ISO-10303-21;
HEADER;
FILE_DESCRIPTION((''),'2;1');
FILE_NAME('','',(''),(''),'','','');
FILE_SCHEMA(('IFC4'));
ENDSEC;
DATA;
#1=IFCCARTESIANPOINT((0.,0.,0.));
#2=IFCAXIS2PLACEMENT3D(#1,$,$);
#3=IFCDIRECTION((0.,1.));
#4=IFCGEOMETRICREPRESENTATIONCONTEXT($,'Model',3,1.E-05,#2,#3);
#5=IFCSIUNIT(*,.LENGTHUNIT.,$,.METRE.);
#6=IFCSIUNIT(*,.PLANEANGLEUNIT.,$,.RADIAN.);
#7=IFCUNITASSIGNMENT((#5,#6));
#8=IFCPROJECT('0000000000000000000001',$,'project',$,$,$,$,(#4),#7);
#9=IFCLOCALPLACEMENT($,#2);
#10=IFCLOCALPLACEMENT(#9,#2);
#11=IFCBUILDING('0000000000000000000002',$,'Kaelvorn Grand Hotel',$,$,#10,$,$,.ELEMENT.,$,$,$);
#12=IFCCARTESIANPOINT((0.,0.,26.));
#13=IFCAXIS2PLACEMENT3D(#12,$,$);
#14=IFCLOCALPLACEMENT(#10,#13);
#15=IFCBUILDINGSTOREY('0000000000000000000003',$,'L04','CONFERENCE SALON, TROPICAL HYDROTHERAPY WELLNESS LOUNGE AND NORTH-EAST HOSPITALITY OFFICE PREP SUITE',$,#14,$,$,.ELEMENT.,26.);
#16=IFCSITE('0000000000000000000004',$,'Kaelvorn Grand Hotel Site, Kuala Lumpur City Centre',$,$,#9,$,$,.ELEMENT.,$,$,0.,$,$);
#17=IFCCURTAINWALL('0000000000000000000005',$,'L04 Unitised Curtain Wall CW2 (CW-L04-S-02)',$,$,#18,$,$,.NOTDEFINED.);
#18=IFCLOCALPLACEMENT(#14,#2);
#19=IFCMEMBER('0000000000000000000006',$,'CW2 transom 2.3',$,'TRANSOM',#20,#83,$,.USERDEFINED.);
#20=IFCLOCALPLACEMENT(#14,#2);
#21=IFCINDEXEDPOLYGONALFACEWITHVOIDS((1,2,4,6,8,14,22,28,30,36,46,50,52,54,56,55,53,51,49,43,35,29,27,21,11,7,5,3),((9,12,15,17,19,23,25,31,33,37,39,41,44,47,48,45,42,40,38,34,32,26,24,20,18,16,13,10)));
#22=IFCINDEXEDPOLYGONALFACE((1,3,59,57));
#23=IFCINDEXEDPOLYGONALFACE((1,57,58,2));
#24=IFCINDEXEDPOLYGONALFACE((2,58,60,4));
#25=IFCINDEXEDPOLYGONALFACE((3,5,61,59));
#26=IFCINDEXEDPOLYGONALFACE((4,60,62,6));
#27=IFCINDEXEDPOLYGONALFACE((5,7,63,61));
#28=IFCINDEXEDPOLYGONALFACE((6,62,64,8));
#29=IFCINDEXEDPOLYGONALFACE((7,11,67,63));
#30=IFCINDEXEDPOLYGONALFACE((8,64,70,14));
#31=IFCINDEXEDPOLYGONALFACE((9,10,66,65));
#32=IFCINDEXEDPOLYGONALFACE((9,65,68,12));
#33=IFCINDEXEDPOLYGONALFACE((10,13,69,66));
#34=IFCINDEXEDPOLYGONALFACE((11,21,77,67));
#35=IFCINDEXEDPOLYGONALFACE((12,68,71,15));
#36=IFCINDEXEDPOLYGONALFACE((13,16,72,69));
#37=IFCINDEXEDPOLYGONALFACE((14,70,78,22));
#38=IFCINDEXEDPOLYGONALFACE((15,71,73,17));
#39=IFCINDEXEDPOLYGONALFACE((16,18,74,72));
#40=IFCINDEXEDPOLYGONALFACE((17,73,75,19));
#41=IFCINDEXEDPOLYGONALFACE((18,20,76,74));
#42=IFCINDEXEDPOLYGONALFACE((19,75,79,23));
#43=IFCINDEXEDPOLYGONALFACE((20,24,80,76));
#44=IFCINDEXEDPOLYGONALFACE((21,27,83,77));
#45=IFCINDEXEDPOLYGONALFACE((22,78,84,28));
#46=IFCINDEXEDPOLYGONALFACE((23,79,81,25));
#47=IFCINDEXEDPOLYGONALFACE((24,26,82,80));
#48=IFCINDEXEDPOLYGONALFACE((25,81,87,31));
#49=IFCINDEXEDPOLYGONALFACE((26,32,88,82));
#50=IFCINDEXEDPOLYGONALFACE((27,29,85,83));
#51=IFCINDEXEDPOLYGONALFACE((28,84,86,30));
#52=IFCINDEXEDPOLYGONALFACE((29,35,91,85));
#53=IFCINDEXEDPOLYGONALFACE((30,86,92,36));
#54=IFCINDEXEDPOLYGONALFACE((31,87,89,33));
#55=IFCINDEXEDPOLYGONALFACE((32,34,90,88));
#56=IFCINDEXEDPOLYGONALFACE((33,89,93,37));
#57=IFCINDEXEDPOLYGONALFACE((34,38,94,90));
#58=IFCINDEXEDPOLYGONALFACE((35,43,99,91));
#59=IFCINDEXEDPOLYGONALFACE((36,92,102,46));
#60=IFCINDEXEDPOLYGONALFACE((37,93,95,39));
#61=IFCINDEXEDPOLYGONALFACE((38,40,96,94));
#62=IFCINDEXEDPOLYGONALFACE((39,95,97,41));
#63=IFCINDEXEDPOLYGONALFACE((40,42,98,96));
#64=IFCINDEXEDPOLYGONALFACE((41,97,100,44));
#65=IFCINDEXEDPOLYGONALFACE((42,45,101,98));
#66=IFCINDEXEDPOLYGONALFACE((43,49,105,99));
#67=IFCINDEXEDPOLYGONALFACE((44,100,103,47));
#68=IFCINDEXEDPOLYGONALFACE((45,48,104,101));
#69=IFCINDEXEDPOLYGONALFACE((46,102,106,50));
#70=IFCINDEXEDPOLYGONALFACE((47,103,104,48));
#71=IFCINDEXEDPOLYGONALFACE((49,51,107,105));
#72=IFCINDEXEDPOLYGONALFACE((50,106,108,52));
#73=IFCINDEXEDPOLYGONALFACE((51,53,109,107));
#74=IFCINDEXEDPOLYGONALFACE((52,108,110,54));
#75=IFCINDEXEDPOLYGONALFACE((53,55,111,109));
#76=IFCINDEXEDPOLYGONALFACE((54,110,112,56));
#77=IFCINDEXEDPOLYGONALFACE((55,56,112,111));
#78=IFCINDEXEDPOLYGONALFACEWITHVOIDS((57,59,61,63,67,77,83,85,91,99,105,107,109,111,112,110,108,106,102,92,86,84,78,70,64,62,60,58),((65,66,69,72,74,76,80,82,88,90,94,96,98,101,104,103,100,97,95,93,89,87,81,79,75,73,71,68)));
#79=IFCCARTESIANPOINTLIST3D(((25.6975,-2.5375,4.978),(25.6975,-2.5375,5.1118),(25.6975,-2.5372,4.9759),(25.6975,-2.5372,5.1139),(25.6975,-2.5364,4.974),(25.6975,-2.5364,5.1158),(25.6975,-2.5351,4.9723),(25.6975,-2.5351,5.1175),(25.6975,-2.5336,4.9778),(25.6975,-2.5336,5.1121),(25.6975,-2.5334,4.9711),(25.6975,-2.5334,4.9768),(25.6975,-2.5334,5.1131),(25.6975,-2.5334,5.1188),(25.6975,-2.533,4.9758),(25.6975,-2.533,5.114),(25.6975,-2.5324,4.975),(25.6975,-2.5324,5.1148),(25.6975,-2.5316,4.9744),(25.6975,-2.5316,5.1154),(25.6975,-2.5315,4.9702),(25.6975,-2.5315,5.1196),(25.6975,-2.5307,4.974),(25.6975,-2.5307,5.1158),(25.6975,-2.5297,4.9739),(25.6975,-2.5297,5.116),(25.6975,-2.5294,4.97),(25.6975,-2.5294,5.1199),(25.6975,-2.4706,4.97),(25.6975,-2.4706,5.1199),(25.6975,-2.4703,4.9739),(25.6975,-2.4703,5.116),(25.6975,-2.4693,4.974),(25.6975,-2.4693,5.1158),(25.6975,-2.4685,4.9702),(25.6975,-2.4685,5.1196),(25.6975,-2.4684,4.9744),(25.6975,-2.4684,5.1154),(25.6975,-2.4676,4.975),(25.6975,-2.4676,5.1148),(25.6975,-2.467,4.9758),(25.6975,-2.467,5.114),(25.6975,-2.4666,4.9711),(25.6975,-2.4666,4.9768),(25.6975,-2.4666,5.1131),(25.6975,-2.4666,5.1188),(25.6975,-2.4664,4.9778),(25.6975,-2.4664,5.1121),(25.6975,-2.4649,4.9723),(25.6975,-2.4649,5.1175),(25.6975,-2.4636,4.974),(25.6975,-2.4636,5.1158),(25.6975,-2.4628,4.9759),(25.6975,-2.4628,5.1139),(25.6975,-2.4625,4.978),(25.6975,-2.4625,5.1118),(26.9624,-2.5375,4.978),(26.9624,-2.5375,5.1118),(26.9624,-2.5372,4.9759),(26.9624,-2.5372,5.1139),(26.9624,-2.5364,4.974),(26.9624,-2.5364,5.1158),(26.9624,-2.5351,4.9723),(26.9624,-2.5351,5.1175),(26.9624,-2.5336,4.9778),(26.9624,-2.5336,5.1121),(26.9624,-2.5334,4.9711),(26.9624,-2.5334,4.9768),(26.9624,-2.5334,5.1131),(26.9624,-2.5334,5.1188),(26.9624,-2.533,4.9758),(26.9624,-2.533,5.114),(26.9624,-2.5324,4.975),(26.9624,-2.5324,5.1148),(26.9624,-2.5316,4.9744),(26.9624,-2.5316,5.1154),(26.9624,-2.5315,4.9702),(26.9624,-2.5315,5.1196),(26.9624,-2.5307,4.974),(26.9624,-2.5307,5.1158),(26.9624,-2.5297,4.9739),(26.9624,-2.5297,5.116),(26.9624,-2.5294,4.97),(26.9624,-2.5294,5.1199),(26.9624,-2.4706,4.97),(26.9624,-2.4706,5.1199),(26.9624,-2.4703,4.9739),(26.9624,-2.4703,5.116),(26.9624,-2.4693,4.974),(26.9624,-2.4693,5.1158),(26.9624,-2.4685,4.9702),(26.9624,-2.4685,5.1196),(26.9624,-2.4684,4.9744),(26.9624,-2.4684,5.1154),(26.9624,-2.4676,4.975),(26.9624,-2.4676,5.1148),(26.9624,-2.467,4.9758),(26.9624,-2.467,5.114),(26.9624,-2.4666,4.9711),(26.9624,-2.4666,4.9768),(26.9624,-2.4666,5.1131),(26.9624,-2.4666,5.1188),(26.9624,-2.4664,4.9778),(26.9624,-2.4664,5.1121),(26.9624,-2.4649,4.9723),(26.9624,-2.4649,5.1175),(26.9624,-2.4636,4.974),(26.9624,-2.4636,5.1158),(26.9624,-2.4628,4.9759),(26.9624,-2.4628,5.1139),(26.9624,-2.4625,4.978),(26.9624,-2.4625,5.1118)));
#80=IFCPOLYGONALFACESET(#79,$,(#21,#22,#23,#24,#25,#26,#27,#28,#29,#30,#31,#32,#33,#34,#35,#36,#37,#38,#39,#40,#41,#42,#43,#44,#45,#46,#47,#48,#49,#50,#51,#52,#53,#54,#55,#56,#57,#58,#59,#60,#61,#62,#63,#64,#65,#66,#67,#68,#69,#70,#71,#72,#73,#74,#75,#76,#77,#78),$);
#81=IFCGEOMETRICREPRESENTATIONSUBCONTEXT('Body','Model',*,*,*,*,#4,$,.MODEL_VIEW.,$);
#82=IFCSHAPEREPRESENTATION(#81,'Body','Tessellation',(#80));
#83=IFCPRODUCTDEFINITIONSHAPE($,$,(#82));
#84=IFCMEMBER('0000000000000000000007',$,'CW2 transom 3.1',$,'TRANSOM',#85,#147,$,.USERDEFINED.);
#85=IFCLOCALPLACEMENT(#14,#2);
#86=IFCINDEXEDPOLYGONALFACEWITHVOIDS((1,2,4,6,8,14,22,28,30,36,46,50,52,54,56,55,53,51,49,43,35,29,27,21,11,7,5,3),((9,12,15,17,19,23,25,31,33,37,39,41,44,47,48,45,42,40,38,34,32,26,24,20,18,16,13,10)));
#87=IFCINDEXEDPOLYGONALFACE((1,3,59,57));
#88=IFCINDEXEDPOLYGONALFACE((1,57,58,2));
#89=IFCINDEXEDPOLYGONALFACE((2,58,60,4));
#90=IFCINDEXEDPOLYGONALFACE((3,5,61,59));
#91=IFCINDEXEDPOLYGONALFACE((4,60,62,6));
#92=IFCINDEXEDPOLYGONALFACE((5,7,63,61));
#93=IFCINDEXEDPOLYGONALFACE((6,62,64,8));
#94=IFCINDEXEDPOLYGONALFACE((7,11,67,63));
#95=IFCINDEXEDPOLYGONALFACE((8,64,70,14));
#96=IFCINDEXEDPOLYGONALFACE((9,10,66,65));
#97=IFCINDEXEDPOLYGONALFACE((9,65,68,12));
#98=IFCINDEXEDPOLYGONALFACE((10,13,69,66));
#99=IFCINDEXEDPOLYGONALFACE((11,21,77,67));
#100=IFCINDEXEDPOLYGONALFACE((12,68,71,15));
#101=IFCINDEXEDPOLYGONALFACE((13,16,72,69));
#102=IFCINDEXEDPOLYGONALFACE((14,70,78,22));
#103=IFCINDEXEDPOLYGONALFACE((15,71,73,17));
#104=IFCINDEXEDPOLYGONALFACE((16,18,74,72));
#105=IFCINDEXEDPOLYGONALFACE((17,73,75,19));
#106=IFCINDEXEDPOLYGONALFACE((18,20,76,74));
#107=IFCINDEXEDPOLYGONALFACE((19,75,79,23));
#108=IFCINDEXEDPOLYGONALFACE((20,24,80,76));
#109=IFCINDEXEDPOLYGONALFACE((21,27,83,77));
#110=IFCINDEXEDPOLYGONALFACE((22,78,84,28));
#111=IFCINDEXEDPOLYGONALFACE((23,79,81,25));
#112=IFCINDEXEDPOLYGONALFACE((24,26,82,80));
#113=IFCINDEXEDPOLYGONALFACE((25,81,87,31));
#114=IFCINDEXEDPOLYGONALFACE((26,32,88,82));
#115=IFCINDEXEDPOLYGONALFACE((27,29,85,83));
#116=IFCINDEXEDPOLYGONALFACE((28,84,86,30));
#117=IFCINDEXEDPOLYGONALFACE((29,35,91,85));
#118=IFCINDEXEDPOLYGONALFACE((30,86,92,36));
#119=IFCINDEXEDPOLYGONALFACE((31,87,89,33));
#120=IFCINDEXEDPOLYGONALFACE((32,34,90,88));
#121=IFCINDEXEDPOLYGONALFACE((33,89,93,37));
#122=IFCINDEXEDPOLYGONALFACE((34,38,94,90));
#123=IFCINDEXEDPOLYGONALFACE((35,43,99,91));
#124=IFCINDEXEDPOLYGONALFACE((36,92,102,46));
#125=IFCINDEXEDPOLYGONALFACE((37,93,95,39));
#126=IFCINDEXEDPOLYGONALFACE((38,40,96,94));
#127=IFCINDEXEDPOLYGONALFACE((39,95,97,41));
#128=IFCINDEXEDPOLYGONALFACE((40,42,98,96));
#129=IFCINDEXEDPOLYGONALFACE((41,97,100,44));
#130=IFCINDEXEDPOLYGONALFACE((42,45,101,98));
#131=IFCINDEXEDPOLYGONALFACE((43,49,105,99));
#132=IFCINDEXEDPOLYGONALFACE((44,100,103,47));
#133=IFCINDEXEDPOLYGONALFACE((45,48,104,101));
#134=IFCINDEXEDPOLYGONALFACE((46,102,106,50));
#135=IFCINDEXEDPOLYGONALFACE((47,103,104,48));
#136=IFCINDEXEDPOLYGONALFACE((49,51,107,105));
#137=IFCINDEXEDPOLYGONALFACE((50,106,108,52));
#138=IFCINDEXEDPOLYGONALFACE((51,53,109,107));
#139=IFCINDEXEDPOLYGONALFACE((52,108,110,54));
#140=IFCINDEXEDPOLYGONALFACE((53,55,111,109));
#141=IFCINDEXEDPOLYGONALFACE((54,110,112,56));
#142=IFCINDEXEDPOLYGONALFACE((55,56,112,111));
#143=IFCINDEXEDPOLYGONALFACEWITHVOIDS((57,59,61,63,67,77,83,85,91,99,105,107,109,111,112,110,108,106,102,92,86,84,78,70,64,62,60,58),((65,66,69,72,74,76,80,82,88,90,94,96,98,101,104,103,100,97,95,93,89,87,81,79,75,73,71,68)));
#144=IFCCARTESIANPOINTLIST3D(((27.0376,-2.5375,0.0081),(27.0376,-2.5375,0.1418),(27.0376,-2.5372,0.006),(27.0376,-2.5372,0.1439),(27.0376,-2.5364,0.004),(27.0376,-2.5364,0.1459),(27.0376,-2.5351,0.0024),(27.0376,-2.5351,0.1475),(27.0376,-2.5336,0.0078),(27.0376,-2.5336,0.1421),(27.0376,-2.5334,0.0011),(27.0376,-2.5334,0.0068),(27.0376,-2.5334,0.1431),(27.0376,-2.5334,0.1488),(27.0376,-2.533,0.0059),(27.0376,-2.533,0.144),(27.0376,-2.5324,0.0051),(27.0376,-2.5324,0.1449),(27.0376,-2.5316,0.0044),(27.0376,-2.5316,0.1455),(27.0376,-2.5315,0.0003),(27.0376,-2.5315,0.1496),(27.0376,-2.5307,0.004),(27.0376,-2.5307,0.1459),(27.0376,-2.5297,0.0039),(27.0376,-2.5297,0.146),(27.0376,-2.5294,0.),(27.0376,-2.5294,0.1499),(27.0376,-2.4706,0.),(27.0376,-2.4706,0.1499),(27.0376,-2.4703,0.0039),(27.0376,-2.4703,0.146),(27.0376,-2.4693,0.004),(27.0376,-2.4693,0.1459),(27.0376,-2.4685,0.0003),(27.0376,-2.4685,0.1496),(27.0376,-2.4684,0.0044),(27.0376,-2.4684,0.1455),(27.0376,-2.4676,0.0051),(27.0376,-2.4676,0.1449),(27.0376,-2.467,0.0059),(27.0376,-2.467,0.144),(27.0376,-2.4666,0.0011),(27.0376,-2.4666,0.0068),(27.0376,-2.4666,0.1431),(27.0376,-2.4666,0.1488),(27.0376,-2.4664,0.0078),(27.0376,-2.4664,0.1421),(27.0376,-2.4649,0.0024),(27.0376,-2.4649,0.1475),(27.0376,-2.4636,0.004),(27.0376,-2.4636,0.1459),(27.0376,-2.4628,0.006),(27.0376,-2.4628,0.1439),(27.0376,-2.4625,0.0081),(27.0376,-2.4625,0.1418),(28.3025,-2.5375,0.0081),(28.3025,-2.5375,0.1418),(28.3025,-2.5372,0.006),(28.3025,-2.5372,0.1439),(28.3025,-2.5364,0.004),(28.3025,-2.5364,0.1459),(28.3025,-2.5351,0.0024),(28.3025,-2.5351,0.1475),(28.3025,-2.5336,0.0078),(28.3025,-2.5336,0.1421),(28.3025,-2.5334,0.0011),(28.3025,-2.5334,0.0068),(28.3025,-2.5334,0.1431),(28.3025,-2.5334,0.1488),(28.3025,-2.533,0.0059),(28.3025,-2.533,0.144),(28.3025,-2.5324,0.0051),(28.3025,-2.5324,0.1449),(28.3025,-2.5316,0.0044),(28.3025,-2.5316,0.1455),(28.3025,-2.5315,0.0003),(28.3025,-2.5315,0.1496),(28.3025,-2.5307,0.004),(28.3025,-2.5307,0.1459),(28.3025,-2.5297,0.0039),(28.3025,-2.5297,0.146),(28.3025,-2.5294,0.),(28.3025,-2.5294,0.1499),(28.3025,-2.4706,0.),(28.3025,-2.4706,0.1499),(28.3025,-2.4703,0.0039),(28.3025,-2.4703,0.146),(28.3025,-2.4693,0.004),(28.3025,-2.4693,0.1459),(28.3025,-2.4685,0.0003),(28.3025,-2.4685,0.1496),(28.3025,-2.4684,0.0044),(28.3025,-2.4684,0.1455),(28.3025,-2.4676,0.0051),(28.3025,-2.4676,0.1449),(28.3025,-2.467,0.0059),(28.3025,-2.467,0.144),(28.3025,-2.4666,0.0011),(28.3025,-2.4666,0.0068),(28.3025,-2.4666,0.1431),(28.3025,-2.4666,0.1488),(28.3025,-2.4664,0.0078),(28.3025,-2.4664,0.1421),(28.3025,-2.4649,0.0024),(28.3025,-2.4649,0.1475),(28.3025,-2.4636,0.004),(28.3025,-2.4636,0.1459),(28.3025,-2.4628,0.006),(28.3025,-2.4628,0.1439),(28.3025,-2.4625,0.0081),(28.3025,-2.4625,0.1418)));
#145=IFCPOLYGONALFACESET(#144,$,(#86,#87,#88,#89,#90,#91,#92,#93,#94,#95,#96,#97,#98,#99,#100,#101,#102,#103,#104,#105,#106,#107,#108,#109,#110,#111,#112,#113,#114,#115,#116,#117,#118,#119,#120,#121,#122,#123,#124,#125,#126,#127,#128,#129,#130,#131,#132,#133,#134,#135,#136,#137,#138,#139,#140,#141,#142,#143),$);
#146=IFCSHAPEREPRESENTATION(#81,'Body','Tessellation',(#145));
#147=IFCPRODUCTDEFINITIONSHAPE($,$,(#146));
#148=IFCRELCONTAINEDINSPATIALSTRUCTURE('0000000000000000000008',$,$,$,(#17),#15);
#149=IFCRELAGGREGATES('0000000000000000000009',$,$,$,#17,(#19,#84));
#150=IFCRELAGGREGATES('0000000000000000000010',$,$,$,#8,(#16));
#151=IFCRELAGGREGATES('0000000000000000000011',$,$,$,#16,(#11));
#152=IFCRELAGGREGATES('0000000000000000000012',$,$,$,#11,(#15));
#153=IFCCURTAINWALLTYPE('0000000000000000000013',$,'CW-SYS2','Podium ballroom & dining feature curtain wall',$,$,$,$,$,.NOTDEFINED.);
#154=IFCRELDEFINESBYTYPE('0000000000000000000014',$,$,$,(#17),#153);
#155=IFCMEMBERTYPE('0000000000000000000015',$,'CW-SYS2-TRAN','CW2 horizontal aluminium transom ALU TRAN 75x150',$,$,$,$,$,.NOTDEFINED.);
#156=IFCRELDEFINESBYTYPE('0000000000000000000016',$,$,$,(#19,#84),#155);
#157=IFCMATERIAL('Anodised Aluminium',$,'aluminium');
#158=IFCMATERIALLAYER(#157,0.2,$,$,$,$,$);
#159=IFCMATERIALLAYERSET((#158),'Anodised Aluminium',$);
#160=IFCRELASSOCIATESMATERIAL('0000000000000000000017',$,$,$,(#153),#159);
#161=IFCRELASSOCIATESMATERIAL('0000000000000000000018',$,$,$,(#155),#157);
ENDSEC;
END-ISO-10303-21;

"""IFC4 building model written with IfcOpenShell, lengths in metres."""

from ifc_helpers import new_model, si_unit, direction, frame, origin, origin_2d, place, context, subcontext, project, spatial, hollow_rectangle, extrude, material, layer, layer_set, material_profile, profile_set, type_object, element, aggregate, save


model = new_model("IFC4")

# Units and contexts
model_context = context("Model", 3, precision=1e-05, world=origin(), true_north=direction((0.0, 1.0)))
body_context = subcontext(model_context, "Body", "Model", "MODEL_VIEW")
ifc_project = project(units=[si_unit("LENGTHUNIT", "METRE"), si_unit("PLANEANGLEUNIT", "RADIAN")], contexts=[model_context])

# Site, building, storey
site_placement = place(None, origin())
site = spatial("IfcSite", under=ifc_project, at=site_placement, Name="Kaelvorn Grand Hotel Site, Kuala Lumpur City Centre", CompositionType="ELEMENT", RefElevation=0.0)
building_placement = place(site_placement, origin())
building = spatial("IfcBuilding", under=site, at=building_placement, Name="Kaelvorn Grand Hotel", CompositionType="ELEMENT")
storey_placement = place(building_placement, frame((0.0, 0.0, 26.0)))
storey = spatial("IfcBuildingStorey", under=building, at=storey_placement, Name="L04", Description="CONFERENCE SALON, TROPICAL HYDROTHERAPY WELLNESS LOUNGE AND NORTH-EAST HOSPITALITY OFFICE PREP SUITE", CompositionType="ELEMENT", Elevation=26.0)

# Curtain wall
ifc_material_1 = material(Name="Anodised Aluminium", Category="aluminium")
ifc_layer_1 = layer(ifc_material_1, 0.2)
ifc_layer_set_1 = layer_set([ifc_layer_1], Name="Anodised Aluminium")
curtain_wall_type = type_object("IfcCurtainWallType", Name="CW-SYS2", Description="Podium ballroom & dining feature curtain wall", PredefinedType="NOTDEFINED", material=ifc_layer_set_1)
curtain_wall_1_placement = place(storey_placement, origin())
curtain_wall_1 = element("IfcCurtainWall", 1, at=curtain_wall_1_placement, inside=storey, type_object=curtain_wall_type, Name="L04 Unitised Curtain Wall CW2 (CW-L04-S-02)", PredefinedType="NOTDEFINED")

# Members
ifc_material_profile_1 = material_profile(ifc_material_1, hollow_rectangle(XDim=0.075, YDim=0.1499, WallThickness=0.0039, InnerFilletRadius=0.0039, OuterFilletRadius=0.0081, at=origin_2d()), Name="ALU TRAN 75x150")
ifc_profile_set_1 = profile_set([ifc_material_profile_1], Name="Anodised Aluminium")
member_type_1 = type_object("IfcMemberType", Name="CW-SYS2-TRAN", Description="CW2 horizontal aluminium transom ALU TRAN 75x150", PredefinedType="NOTDEFINED", material=ifc_profile_set_1)
member_1_placement = place(storey_placement, frame((25.6975, -2.5, 5.0449), z_axis=(1.0, 0.0, 0.0), x_axis=(0.0, 1.0, 0.0)))
member_1 = element("IfcMember", 2, at=member_1_placement, type_object=member_type_1, Name="CW2 transom 2.3", ObjectType="TRANSOM", PredefinedType="USERDEFINED", context=body_context, shape_type="SweptSolid", body=[
    extrude(hollow_rectangle(XDim=0.075, YDim=0.1499, WallThickness=0.0039, InnerFilletRadius=0.0039, OuterFilletRadius=0.0081, at=origin_2d()), origin(), (0.0, 0.0, 1.0), 1.2649),
])
member_2_placement = place(storey_placement, frame((27.0376, -2.5, 0.075), z_axis=(1.0, 0.0, 0.0), x_axis=(0.0, 1.0, 0.0)))
member_2 = element("IfcMember", 3, at=member_2_placement, type_object=member_type_1, Name="CW2 transom 3.1", ObjectType="TRANSOM", PredefinedType="USERDEFINED", context=body_context, shape_type="SweptSolid", body=[
    extrude(hollow_rectangle(XDim=0.075, YDim=0.1499, WallThickness=0.0039, InnerFilletRadius=0.0039, OuterFilletRadius=0.0081, at=origin_2d()), origin(), (0.0, 0.0, 1.0), 1.2649),
])

aggregate(curtain_wall_1, [member_1, member_2])

save(model, "model.ifc")
